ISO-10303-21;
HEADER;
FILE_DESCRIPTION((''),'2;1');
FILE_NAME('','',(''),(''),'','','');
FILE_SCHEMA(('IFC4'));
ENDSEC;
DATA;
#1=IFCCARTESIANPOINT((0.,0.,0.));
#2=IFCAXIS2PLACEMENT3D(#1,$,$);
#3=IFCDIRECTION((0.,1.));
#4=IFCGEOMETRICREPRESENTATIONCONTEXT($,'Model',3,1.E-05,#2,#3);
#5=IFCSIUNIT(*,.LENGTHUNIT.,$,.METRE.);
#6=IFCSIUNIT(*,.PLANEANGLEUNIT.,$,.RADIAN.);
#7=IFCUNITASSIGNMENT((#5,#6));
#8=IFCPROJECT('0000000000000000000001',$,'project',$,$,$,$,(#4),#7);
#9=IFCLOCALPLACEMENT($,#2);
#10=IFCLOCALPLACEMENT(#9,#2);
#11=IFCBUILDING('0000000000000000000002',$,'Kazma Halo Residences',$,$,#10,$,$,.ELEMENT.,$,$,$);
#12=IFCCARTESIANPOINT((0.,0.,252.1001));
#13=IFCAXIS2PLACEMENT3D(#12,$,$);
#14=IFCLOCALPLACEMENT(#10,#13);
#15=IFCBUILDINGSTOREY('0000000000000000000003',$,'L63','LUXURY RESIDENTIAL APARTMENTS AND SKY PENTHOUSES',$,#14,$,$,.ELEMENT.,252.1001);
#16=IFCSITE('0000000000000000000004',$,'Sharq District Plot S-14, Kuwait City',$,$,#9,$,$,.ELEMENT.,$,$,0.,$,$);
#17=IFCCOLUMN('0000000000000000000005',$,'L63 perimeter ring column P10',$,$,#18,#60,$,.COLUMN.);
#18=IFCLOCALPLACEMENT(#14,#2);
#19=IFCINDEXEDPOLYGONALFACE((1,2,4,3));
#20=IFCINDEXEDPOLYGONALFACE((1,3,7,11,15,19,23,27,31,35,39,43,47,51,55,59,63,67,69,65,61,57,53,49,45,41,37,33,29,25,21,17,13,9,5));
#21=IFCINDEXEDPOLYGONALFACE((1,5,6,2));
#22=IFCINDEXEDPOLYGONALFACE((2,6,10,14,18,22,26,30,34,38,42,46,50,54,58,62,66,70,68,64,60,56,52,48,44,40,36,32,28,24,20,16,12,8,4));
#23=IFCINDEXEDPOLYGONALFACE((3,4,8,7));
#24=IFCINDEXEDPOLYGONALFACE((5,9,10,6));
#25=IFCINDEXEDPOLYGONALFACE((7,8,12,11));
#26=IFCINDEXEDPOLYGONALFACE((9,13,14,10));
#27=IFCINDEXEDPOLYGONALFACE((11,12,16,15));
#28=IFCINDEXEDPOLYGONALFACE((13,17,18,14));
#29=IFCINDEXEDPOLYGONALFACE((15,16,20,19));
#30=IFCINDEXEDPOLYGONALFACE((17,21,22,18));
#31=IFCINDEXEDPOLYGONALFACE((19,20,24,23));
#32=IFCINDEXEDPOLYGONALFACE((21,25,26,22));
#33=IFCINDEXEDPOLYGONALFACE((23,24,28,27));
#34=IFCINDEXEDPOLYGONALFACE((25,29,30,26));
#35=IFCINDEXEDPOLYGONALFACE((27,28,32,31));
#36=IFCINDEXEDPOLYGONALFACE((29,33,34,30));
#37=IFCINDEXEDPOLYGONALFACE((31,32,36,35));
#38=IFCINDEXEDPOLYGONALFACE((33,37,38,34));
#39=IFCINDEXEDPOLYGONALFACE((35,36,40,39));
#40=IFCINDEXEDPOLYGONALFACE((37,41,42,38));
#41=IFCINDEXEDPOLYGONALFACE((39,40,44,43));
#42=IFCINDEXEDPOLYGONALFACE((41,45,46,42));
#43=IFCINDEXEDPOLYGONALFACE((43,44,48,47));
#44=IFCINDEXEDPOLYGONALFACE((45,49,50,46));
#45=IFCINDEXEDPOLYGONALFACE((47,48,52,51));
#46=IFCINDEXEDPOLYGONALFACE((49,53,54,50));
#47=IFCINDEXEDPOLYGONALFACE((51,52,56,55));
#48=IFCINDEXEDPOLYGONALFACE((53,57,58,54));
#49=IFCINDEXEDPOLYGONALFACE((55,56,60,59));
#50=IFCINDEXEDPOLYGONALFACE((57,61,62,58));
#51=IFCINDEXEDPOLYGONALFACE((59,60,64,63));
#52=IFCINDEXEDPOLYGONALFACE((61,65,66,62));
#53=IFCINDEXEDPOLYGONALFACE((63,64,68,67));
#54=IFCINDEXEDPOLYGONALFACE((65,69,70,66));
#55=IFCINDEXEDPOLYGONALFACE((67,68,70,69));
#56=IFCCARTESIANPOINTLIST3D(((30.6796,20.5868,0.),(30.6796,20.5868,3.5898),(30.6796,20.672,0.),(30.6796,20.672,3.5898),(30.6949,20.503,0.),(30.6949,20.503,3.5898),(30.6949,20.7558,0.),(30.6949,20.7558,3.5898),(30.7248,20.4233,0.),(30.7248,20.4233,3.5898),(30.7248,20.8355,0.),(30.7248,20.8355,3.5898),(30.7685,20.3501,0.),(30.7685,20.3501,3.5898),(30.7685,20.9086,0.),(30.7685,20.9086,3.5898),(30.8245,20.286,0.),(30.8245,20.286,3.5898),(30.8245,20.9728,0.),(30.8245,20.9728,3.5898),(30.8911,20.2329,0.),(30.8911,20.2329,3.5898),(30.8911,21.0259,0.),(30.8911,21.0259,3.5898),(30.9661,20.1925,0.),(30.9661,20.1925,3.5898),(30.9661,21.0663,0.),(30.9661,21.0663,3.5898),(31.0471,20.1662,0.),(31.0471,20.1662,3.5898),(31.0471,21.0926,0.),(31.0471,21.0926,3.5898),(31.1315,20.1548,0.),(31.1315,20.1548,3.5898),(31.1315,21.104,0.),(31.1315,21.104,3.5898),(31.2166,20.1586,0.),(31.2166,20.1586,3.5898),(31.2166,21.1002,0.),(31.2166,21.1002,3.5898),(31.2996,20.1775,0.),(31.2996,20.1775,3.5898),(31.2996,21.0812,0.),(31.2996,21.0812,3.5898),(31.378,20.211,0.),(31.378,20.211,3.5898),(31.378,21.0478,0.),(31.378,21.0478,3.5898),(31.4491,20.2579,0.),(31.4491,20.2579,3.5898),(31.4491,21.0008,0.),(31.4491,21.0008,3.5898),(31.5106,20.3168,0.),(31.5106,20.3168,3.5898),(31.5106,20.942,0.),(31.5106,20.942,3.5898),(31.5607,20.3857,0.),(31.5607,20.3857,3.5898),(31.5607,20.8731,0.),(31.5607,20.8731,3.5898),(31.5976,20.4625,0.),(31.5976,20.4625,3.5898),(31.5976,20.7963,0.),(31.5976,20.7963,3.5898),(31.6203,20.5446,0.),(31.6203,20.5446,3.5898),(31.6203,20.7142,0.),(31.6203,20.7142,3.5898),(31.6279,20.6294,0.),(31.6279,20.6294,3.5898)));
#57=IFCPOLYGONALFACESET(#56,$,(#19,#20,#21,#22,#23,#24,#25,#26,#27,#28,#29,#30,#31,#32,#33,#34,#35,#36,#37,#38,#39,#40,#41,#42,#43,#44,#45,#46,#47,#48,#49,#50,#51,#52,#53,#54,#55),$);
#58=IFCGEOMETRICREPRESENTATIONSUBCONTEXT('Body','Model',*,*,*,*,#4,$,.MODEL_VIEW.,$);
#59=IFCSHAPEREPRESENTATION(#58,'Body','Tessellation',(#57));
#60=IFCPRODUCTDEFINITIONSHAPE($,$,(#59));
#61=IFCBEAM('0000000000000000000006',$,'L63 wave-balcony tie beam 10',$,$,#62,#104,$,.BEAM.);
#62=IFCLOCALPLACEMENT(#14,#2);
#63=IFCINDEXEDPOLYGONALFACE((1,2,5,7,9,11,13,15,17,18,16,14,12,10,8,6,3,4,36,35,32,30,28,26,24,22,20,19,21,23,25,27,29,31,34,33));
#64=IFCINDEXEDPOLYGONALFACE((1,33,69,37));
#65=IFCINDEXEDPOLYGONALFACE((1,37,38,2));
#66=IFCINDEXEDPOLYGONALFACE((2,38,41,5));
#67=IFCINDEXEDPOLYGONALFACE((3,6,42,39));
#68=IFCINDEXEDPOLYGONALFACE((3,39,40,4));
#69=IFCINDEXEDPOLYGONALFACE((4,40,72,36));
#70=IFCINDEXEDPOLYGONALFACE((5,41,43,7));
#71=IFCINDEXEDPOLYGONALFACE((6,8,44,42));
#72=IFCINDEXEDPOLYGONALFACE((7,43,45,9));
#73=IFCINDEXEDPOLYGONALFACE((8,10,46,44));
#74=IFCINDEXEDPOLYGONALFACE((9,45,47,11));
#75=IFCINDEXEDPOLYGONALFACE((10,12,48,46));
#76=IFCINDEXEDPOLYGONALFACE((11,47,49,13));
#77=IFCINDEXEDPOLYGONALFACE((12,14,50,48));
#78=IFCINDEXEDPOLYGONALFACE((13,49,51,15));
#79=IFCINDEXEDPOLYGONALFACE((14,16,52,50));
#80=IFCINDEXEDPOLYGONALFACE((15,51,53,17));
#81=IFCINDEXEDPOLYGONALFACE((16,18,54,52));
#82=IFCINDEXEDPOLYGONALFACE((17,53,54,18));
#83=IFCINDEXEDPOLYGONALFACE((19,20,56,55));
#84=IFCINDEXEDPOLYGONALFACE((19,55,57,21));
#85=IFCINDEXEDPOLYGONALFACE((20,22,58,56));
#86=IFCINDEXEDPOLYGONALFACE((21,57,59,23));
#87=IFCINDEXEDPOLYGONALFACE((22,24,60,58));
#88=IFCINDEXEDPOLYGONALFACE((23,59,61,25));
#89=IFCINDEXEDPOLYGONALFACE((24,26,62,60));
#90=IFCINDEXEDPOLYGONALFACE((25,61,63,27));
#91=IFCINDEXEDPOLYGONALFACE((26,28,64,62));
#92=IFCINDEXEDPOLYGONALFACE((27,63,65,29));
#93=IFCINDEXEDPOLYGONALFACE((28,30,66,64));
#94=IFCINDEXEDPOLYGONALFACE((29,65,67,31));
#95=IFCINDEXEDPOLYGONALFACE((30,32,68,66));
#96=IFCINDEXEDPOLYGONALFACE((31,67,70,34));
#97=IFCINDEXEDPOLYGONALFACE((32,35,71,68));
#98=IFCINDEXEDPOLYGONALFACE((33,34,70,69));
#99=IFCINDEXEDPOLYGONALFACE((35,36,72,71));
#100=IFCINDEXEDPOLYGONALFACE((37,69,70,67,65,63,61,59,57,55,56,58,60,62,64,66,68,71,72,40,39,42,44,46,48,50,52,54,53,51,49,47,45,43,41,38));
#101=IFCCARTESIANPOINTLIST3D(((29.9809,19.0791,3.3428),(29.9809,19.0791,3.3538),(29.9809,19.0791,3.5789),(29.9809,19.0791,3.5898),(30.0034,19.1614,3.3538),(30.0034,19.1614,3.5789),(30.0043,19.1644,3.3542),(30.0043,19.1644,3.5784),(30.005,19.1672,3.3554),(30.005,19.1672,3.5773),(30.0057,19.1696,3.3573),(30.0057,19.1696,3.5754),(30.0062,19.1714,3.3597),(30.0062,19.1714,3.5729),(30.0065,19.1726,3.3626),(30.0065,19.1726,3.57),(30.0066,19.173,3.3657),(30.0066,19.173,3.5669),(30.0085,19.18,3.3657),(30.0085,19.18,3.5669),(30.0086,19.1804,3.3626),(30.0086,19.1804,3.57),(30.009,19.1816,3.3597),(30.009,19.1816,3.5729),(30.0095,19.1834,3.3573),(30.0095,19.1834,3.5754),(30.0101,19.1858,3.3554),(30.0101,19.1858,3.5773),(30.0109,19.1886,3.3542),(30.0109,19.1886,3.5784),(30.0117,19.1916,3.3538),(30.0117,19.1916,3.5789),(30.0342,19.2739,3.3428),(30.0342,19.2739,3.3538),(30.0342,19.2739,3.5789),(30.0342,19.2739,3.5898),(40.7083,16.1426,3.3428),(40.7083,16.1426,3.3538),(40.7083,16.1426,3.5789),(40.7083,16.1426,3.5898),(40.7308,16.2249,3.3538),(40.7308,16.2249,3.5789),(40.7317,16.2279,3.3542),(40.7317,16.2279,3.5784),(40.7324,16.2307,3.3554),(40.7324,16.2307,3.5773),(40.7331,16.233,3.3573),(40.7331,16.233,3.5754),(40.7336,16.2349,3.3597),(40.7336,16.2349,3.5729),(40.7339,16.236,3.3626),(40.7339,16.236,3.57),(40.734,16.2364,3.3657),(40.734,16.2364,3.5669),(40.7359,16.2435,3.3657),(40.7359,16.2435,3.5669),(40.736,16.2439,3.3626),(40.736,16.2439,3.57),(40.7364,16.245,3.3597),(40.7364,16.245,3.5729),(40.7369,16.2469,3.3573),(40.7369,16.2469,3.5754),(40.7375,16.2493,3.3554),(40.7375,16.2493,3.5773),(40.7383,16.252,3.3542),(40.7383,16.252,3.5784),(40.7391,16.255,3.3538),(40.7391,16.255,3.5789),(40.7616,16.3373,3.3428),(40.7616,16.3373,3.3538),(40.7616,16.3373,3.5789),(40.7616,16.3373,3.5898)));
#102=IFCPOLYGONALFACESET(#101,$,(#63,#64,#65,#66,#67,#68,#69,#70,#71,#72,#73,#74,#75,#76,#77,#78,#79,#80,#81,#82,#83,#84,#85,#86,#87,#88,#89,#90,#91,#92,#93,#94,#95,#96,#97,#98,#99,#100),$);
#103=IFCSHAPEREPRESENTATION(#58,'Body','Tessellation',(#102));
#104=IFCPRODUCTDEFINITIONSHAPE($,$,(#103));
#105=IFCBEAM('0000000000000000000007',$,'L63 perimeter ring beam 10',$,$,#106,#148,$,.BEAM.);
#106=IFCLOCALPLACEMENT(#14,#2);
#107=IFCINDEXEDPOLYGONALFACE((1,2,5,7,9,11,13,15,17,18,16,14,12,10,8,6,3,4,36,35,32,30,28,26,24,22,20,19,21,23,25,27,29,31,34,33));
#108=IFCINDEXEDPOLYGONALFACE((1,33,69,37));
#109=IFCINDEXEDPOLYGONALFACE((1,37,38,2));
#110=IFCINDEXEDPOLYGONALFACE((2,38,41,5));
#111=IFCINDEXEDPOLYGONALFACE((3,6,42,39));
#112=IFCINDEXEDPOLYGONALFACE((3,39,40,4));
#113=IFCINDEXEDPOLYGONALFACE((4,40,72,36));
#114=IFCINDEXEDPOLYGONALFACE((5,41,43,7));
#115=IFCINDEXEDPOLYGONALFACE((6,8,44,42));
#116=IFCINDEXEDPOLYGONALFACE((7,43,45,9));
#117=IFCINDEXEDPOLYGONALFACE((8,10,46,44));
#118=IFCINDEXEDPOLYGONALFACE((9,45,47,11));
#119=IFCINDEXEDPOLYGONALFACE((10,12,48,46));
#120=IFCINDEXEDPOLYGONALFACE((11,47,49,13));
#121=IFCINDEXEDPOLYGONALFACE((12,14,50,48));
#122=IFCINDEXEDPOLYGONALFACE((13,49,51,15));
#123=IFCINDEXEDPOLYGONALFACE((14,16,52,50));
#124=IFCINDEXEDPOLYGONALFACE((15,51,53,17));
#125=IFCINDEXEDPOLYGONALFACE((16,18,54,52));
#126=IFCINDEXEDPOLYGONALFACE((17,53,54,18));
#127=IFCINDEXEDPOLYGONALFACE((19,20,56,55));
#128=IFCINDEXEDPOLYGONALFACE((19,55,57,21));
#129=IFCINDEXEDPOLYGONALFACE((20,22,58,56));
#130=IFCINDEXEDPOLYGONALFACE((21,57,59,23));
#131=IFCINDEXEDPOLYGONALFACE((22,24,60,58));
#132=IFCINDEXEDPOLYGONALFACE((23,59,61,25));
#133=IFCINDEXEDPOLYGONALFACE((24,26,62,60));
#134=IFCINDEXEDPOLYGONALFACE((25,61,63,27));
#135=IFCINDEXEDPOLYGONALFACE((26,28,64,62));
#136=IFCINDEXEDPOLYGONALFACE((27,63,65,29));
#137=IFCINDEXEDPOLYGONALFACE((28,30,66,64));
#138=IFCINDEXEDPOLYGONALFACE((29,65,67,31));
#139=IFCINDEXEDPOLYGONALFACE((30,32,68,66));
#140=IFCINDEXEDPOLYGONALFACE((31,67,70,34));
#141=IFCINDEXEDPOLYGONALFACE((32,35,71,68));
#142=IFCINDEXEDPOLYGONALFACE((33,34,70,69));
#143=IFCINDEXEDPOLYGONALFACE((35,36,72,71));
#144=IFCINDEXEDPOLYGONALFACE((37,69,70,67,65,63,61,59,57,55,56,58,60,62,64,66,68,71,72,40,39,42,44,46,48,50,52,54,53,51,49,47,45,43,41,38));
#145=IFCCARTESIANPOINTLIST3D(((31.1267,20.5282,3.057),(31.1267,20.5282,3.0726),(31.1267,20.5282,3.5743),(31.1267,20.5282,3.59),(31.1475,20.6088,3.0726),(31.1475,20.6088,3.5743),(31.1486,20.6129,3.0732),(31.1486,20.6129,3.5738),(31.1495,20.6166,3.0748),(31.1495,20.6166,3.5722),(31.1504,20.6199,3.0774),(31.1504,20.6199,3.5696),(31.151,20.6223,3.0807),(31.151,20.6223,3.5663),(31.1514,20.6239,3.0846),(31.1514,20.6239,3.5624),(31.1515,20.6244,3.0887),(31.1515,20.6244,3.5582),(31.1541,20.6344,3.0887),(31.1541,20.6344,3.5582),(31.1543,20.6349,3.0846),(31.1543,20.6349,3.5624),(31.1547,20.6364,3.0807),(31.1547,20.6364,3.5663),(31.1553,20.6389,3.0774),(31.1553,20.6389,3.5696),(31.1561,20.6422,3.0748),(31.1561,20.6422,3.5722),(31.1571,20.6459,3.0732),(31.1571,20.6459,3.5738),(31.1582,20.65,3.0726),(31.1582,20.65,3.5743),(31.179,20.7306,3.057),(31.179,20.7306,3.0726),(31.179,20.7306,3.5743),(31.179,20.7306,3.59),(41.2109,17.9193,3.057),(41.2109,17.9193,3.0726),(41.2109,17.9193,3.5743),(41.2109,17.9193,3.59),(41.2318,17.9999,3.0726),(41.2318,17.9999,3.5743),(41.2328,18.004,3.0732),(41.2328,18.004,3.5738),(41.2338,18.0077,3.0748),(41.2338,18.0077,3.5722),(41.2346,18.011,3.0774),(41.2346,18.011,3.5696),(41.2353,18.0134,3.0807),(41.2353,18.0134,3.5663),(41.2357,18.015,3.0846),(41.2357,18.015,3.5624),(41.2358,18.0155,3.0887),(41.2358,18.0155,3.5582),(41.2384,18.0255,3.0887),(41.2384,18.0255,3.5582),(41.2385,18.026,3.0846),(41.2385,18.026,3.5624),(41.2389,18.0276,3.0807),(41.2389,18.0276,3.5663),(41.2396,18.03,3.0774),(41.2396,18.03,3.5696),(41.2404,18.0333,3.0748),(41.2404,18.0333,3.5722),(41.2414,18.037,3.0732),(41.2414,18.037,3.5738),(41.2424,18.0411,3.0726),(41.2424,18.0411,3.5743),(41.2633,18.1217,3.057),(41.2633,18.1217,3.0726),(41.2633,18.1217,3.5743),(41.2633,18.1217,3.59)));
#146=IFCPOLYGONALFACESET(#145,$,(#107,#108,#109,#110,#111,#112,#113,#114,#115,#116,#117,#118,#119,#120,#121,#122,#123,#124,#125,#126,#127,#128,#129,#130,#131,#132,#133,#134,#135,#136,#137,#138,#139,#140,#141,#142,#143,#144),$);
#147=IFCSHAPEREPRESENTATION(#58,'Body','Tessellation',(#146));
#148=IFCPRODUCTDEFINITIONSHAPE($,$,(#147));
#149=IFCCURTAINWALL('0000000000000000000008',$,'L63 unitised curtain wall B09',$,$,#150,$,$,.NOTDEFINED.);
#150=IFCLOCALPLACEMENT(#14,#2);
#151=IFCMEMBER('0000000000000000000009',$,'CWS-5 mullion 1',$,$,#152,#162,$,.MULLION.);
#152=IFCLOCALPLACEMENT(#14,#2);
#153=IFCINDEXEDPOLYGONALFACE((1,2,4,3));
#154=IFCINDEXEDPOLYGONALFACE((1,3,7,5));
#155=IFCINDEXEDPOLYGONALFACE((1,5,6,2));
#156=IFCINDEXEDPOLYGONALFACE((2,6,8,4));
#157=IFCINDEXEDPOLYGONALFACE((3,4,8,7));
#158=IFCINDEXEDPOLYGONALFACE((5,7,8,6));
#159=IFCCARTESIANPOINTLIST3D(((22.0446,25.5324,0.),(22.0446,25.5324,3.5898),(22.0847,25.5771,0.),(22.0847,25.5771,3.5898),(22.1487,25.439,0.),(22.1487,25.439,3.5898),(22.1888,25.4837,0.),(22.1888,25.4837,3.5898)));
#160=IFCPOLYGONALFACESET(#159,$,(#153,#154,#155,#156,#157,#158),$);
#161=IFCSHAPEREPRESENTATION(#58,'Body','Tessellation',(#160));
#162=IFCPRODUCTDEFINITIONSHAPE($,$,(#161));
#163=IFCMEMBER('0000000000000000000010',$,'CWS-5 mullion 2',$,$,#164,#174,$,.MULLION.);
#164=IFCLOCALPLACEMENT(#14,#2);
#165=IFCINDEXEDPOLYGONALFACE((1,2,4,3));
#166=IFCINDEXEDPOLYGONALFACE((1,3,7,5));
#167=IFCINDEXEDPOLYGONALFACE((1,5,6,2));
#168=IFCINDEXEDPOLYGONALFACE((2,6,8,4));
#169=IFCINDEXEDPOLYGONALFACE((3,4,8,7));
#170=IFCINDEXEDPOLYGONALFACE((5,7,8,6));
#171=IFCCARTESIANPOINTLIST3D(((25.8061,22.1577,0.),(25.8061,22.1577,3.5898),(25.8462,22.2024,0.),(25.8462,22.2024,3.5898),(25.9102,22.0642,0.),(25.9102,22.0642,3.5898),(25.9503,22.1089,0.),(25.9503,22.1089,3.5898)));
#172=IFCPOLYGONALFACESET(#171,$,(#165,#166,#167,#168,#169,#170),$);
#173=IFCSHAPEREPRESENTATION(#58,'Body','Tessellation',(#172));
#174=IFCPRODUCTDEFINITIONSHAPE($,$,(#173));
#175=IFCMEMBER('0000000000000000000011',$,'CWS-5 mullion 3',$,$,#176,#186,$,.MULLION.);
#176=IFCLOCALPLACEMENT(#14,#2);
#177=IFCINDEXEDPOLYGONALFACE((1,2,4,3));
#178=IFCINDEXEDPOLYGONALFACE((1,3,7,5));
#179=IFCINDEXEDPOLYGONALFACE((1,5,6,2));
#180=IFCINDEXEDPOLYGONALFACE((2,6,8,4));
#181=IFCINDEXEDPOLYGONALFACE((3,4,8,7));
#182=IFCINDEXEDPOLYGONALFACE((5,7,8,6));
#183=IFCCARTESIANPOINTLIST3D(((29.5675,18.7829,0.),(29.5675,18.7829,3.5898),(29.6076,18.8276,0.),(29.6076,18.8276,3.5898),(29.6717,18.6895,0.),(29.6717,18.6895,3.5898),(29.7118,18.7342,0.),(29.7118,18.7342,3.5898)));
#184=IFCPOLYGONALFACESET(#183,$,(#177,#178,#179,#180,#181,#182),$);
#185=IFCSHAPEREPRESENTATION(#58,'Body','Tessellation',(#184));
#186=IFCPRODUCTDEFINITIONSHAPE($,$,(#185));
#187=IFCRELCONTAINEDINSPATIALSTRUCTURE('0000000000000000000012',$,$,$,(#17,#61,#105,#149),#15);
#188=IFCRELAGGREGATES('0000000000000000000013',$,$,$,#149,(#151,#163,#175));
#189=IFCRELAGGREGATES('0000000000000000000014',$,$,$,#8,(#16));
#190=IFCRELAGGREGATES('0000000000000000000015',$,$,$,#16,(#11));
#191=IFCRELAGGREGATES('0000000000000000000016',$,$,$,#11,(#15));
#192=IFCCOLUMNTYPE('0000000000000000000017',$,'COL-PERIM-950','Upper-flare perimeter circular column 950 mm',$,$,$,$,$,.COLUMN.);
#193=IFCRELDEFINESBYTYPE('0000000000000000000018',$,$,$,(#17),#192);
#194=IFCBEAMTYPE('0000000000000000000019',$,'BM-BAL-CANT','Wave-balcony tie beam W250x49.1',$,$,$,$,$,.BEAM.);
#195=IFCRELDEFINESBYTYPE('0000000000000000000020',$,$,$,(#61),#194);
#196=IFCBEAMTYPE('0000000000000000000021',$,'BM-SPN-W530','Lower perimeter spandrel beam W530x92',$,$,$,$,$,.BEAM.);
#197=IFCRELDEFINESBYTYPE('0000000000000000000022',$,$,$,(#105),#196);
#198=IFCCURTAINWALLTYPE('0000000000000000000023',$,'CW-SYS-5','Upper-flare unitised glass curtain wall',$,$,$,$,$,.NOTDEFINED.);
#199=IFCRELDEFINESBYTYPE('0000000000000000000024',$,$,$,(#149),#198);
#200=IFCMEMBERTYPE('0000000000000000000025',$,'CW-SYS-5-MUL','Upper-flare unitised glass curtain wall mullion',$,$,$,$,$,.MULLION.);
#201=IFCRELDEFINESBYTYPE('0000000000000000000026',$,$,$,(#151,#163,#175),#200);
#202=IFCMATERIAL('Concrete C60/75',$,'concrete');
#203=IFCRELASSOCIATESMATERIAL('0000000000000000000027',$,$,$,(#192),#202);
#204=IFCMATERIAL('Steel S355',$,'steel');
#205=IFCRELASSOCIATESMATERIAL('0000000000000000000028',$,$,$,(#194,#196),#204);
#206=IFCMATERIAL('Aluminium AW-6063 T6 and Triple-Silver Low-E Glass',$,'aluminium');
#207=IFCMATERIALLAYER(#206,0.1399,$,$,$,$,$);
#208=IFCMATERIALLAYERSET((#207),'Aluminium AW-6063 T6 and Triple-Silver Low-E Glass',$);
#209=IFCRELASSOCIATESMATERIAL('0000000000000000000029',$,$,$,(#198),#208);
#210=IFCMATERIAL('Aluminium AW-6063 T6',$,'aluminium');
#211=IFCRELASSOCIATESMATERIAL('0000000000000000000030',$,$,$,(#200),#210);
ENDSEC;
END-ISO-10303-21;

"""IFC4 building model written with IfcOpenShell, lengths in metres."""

from ifc_helpers import new_model, si_unit, direction, frame, origin, origin_2d, place, context, subcontext, project, spatial, rectangle, circle, i_section, extrude, material, layer, layer_set, material_profile, profile_set, type_object, element, aggregate, save


model = new_model("IFC4")

# Units and contexts
model_context = context("Model", 3, precision=1e-05, world=origin(), true_north=direction((0.0, 1.0)))
body_context = subcontext(model_context, "Body", "Model", "MODEL_VIEW")
ifc_project = project(units=[si_unit("LENGTHUNIT", "METRE"), si_unit("PLANEANGLEUNIT", "RADIAN")], contexts=[model_context])

# Site, building, storey
site_placement = place(None, origin())
site = spatial("IfcSite", under=ifc_project, at=site_placement, Name="Sharq District Plot S-14, Kuwait City", CompositionType="ELEMENT", RefElevation=0.0)
building_placement = place(site_placement, origin())
building = spatial("IfcBuilding", under=site, at=building_placement, Name="Kazma Halo Residences", CompositionType="ELEMENT")
storey_placement = place(building_placement, frame((0.0, 0.0, 252.1001)))
storey = spatial("IfcBuildingStorey", under=building, at=storey_placement, Name="L63", Description="LUXURY RESIDENTIAL APARTMENTS AND SKY PENTHOUSES", CompositionType="ELEMENT", Elevation=252.1001)

# Column
ifc_material_1 = material(Name="Concrete C60/75", Category="concrete")
ifc_material_profile_1 = material_profile(ifc_material_1, circle(Radius=0.4751, at=origin_2d()), Name="CIRC950")
ifc_profile_set_1 = profile_set([ifc_material_profile_1], Name="Concrete C60/75")
column_type = type_object("IfcColumnType", Name="COL-PERIM-950", Description="Upper-flare perimeter circular column 950 mm", PredefinedType="COLUMN", material=ifc_profile_set_1)
column_placement = place(storey_placement, frame((31.1528, 20.6294, 0.0), z_axis=(0.0, 0.0, 1.0), x_axis=(1.0, 0.0, 0.0)))
element("IfcColumn", 1, at=column_placement, inside=storey, type_object=column_type, Name="L63 perimeter ring column P10", PredefinedType="COLUMN", context=body_context, shape_type="SweptSolid", body=[
    extrude(circle(Radius=0.4751, at=origin_2d()), origin(), (0.0, 0.0, 1.0), 3.5898),
])

# Beams
ifc_material_2 = material(Name="Steel S355", Category="steel")
ifc_material_profile_2 = material_profile(ifc_material_2, i_section(OverallWidth=0.2019, OverallDepth=0.2471, WebThickness=0.0073, FlangeThickness=0.011, FilletRadius=0.012, at=origin_2d()), Name="W250x49.1")
ifc_profile_set_2 = profile_set([ifc_material_profile_2], Name="Steel S355")
beam_type_1 = type_object("IfcBeamType", Name="BM-BAL-CANT", Description="Wave-balcony tie beam W250x49.1", PredefinedType="BEAM", material=ifc_profile_set_2)
beam_1_placement = place(storey_placement, frame((30.0076, 19.1765, 3.4663), z_axis=(0.964515, -0.264029, 0.0), x_axis=(0.264029, 0.964515, 0.0)))
element("IfcBeam", 2, at=beam_1_placement, inside=storey, type_object=beam_type_1, Name="L63 wave-balcony tie beam 10", PredefinedType="BEAM", context=body_context, shape_type="SweptSolid", body=[
    extrude(i_section(OverallWidth=0.2019, OverallDepth=0.2471, WebThickness=0.0073, FlangeThickness=0.011, FilletRadius=0.012, at=origin_2d()), origin(), (0.0, 0.0, 1.0), 11.1221),
])
ifc_material_profile_3 = material_profile(ifc_material_2, i_section(OverallWidth=0.209, OverallDepth=0.533, WebThickness=0.0103, FlangeThickness=0.0156, FilletRadius=0.0161, at=origin_2d()), Name="W530x92")
ifc_profile_set_3 = profile_set([ifc_material_profile_3], Name="Steel S355")
beam_type_2 = type_object("IfcBeamType", Name="BM-SPN-W530", Description="Lower perimeter spandrel beam W530x92", PredefinedType="BEAM", material=ifc_profile_set_3)
beam_2_placement = place(storey_placement, frame((31.1528, 20.6294, 3.3235), z_axis=(0.968126, -0.250464, 0.0), x_axis=(0.250464, 0.968126, 0.0)))
element("IfcBeam", 3, at=beam_2_placement, inside=storey, type_object=beam_type_2, Name="L63 perimeter ring beam 10", PredefinedType="BEAM", context=body_context, shape_type="SweptSolid", body=[
    extrude(i_section(OverallWidth=0.209, OverallDepth=0.533, WebThickness=0.0103, FlangeThickness=0.0156, FilletRadius=0.0161, at=origin_2d()), origin(), (0.0, 0.0, 1.0), 10.4163),
])

# Curtain wall, members
ifc_material_3 = material(Name="Aluminium AW-6063 T6 and Triple-Silver Low-E Glass", Category="aluminium")
ifc_layer_1 = layer(ifc_material_3, 0.1399)
ifc_layer_set_1 = layer_set([ifc_layer_1], Name="Aluminium AW-6063 T6 and Triple-Silver Low-E Glass")
curtain_wall_type = type_object("IfcCurtainWallType", Name="CW-SYS-5", Description="Upper-flare unitised glass curtain wall", PredefinedType="NOTDEFINED", material=ifc_layer_set_1)
curtain_wall_placement = place(storey_placement, origin())
curtain_wall = element("IfcCurtainWall", 4, at=curtain_wall_placement, inside=storey, type_object=curtain_wall_type, Name="L63 unitised curtain wall B09", PredefinedType="NOTDEFINED")
ifc_material_4 = material(Name="Aluminium AW-6063 T6", Category="aluminium")
ifc_material_profile_4 = material_profile(ifc_material_4, rectangle(XDim=0.0601, YDim=0.1399, at=origin_2d()), Name="CWM-60x140")
ifc_profile_set_4 = profile_set([ifc_material_profile_4], Name="Aluminium AW-6063 T6")
member_type_1 = type_object("IfcMemberType", Name="CW-SYS-5-MUL", Description="Upper-flare unitised glass curtain wall mullion", PredefinedType="MULLION", material=ifc_profile_set_4)
member_1_placement = place(storey_placement, frame((22.1167, 25.5081, 0.0), z_axis=(0.0, 0.0, 1.0), x_axis=(0.667805, 0.744336, 0.0)))
member_1 = element("IfcMember", 5, at=member_1_placement, type_object=member_type_1, Name="CWS-5 mullion 1", PredefinedType="MULLION", context=body_context, shape_type="SweptSolid", body=[
    extrude(rectangle(XDim=0.0601, YDim=0.1399, at=origin_2d()), origin(), (0.0, 0.0, 1.0), 3.5898),
])
member_2_placement = place(storey_placement, frame((25.8782, 22.1333, 0.0), z_axis=(0.0, 0.0, 1.0), x_axis=(0.667805, 0.744336, 0.0)))
member_2 = element("IfcMember", 6, at=member_2_placement, type_object=member_type_1, Name="CWS-5 mullion 2", PredefinedType="MULLION", context=body_context, shape_type="SweptSolid", body=[
    extrude(rectangle(XDim=0.0601, YDim=0.1399, at=origin_2d()), origin(), (0.0, 0.0, 1.0), 3.5898),
])
member_3_placement = place(storey_placement, frame((29.6396, 18.7585, 0.0), z_axis=(0.0, 0.0, 1.0), x_axis=(0.667805, 0.744336, 0.0)))
member_3 = element("IfcMember", 7, at=member_3_placement, type_object=member_type_1, Name="CWS-5 mullion 3", PredefinedType="MULLION", context=body_context, shape_type="SweptSolid", body=[
    extrude(rectangle(XDim=0.0601, YDim=0.1399, at=origin_2d()), origin(), (0.0, 0.0, 1.0), 3.5898),
])
aggregate(curtain_wall, [member_1, member_2, member_3])

save(model, "model.ifc")
